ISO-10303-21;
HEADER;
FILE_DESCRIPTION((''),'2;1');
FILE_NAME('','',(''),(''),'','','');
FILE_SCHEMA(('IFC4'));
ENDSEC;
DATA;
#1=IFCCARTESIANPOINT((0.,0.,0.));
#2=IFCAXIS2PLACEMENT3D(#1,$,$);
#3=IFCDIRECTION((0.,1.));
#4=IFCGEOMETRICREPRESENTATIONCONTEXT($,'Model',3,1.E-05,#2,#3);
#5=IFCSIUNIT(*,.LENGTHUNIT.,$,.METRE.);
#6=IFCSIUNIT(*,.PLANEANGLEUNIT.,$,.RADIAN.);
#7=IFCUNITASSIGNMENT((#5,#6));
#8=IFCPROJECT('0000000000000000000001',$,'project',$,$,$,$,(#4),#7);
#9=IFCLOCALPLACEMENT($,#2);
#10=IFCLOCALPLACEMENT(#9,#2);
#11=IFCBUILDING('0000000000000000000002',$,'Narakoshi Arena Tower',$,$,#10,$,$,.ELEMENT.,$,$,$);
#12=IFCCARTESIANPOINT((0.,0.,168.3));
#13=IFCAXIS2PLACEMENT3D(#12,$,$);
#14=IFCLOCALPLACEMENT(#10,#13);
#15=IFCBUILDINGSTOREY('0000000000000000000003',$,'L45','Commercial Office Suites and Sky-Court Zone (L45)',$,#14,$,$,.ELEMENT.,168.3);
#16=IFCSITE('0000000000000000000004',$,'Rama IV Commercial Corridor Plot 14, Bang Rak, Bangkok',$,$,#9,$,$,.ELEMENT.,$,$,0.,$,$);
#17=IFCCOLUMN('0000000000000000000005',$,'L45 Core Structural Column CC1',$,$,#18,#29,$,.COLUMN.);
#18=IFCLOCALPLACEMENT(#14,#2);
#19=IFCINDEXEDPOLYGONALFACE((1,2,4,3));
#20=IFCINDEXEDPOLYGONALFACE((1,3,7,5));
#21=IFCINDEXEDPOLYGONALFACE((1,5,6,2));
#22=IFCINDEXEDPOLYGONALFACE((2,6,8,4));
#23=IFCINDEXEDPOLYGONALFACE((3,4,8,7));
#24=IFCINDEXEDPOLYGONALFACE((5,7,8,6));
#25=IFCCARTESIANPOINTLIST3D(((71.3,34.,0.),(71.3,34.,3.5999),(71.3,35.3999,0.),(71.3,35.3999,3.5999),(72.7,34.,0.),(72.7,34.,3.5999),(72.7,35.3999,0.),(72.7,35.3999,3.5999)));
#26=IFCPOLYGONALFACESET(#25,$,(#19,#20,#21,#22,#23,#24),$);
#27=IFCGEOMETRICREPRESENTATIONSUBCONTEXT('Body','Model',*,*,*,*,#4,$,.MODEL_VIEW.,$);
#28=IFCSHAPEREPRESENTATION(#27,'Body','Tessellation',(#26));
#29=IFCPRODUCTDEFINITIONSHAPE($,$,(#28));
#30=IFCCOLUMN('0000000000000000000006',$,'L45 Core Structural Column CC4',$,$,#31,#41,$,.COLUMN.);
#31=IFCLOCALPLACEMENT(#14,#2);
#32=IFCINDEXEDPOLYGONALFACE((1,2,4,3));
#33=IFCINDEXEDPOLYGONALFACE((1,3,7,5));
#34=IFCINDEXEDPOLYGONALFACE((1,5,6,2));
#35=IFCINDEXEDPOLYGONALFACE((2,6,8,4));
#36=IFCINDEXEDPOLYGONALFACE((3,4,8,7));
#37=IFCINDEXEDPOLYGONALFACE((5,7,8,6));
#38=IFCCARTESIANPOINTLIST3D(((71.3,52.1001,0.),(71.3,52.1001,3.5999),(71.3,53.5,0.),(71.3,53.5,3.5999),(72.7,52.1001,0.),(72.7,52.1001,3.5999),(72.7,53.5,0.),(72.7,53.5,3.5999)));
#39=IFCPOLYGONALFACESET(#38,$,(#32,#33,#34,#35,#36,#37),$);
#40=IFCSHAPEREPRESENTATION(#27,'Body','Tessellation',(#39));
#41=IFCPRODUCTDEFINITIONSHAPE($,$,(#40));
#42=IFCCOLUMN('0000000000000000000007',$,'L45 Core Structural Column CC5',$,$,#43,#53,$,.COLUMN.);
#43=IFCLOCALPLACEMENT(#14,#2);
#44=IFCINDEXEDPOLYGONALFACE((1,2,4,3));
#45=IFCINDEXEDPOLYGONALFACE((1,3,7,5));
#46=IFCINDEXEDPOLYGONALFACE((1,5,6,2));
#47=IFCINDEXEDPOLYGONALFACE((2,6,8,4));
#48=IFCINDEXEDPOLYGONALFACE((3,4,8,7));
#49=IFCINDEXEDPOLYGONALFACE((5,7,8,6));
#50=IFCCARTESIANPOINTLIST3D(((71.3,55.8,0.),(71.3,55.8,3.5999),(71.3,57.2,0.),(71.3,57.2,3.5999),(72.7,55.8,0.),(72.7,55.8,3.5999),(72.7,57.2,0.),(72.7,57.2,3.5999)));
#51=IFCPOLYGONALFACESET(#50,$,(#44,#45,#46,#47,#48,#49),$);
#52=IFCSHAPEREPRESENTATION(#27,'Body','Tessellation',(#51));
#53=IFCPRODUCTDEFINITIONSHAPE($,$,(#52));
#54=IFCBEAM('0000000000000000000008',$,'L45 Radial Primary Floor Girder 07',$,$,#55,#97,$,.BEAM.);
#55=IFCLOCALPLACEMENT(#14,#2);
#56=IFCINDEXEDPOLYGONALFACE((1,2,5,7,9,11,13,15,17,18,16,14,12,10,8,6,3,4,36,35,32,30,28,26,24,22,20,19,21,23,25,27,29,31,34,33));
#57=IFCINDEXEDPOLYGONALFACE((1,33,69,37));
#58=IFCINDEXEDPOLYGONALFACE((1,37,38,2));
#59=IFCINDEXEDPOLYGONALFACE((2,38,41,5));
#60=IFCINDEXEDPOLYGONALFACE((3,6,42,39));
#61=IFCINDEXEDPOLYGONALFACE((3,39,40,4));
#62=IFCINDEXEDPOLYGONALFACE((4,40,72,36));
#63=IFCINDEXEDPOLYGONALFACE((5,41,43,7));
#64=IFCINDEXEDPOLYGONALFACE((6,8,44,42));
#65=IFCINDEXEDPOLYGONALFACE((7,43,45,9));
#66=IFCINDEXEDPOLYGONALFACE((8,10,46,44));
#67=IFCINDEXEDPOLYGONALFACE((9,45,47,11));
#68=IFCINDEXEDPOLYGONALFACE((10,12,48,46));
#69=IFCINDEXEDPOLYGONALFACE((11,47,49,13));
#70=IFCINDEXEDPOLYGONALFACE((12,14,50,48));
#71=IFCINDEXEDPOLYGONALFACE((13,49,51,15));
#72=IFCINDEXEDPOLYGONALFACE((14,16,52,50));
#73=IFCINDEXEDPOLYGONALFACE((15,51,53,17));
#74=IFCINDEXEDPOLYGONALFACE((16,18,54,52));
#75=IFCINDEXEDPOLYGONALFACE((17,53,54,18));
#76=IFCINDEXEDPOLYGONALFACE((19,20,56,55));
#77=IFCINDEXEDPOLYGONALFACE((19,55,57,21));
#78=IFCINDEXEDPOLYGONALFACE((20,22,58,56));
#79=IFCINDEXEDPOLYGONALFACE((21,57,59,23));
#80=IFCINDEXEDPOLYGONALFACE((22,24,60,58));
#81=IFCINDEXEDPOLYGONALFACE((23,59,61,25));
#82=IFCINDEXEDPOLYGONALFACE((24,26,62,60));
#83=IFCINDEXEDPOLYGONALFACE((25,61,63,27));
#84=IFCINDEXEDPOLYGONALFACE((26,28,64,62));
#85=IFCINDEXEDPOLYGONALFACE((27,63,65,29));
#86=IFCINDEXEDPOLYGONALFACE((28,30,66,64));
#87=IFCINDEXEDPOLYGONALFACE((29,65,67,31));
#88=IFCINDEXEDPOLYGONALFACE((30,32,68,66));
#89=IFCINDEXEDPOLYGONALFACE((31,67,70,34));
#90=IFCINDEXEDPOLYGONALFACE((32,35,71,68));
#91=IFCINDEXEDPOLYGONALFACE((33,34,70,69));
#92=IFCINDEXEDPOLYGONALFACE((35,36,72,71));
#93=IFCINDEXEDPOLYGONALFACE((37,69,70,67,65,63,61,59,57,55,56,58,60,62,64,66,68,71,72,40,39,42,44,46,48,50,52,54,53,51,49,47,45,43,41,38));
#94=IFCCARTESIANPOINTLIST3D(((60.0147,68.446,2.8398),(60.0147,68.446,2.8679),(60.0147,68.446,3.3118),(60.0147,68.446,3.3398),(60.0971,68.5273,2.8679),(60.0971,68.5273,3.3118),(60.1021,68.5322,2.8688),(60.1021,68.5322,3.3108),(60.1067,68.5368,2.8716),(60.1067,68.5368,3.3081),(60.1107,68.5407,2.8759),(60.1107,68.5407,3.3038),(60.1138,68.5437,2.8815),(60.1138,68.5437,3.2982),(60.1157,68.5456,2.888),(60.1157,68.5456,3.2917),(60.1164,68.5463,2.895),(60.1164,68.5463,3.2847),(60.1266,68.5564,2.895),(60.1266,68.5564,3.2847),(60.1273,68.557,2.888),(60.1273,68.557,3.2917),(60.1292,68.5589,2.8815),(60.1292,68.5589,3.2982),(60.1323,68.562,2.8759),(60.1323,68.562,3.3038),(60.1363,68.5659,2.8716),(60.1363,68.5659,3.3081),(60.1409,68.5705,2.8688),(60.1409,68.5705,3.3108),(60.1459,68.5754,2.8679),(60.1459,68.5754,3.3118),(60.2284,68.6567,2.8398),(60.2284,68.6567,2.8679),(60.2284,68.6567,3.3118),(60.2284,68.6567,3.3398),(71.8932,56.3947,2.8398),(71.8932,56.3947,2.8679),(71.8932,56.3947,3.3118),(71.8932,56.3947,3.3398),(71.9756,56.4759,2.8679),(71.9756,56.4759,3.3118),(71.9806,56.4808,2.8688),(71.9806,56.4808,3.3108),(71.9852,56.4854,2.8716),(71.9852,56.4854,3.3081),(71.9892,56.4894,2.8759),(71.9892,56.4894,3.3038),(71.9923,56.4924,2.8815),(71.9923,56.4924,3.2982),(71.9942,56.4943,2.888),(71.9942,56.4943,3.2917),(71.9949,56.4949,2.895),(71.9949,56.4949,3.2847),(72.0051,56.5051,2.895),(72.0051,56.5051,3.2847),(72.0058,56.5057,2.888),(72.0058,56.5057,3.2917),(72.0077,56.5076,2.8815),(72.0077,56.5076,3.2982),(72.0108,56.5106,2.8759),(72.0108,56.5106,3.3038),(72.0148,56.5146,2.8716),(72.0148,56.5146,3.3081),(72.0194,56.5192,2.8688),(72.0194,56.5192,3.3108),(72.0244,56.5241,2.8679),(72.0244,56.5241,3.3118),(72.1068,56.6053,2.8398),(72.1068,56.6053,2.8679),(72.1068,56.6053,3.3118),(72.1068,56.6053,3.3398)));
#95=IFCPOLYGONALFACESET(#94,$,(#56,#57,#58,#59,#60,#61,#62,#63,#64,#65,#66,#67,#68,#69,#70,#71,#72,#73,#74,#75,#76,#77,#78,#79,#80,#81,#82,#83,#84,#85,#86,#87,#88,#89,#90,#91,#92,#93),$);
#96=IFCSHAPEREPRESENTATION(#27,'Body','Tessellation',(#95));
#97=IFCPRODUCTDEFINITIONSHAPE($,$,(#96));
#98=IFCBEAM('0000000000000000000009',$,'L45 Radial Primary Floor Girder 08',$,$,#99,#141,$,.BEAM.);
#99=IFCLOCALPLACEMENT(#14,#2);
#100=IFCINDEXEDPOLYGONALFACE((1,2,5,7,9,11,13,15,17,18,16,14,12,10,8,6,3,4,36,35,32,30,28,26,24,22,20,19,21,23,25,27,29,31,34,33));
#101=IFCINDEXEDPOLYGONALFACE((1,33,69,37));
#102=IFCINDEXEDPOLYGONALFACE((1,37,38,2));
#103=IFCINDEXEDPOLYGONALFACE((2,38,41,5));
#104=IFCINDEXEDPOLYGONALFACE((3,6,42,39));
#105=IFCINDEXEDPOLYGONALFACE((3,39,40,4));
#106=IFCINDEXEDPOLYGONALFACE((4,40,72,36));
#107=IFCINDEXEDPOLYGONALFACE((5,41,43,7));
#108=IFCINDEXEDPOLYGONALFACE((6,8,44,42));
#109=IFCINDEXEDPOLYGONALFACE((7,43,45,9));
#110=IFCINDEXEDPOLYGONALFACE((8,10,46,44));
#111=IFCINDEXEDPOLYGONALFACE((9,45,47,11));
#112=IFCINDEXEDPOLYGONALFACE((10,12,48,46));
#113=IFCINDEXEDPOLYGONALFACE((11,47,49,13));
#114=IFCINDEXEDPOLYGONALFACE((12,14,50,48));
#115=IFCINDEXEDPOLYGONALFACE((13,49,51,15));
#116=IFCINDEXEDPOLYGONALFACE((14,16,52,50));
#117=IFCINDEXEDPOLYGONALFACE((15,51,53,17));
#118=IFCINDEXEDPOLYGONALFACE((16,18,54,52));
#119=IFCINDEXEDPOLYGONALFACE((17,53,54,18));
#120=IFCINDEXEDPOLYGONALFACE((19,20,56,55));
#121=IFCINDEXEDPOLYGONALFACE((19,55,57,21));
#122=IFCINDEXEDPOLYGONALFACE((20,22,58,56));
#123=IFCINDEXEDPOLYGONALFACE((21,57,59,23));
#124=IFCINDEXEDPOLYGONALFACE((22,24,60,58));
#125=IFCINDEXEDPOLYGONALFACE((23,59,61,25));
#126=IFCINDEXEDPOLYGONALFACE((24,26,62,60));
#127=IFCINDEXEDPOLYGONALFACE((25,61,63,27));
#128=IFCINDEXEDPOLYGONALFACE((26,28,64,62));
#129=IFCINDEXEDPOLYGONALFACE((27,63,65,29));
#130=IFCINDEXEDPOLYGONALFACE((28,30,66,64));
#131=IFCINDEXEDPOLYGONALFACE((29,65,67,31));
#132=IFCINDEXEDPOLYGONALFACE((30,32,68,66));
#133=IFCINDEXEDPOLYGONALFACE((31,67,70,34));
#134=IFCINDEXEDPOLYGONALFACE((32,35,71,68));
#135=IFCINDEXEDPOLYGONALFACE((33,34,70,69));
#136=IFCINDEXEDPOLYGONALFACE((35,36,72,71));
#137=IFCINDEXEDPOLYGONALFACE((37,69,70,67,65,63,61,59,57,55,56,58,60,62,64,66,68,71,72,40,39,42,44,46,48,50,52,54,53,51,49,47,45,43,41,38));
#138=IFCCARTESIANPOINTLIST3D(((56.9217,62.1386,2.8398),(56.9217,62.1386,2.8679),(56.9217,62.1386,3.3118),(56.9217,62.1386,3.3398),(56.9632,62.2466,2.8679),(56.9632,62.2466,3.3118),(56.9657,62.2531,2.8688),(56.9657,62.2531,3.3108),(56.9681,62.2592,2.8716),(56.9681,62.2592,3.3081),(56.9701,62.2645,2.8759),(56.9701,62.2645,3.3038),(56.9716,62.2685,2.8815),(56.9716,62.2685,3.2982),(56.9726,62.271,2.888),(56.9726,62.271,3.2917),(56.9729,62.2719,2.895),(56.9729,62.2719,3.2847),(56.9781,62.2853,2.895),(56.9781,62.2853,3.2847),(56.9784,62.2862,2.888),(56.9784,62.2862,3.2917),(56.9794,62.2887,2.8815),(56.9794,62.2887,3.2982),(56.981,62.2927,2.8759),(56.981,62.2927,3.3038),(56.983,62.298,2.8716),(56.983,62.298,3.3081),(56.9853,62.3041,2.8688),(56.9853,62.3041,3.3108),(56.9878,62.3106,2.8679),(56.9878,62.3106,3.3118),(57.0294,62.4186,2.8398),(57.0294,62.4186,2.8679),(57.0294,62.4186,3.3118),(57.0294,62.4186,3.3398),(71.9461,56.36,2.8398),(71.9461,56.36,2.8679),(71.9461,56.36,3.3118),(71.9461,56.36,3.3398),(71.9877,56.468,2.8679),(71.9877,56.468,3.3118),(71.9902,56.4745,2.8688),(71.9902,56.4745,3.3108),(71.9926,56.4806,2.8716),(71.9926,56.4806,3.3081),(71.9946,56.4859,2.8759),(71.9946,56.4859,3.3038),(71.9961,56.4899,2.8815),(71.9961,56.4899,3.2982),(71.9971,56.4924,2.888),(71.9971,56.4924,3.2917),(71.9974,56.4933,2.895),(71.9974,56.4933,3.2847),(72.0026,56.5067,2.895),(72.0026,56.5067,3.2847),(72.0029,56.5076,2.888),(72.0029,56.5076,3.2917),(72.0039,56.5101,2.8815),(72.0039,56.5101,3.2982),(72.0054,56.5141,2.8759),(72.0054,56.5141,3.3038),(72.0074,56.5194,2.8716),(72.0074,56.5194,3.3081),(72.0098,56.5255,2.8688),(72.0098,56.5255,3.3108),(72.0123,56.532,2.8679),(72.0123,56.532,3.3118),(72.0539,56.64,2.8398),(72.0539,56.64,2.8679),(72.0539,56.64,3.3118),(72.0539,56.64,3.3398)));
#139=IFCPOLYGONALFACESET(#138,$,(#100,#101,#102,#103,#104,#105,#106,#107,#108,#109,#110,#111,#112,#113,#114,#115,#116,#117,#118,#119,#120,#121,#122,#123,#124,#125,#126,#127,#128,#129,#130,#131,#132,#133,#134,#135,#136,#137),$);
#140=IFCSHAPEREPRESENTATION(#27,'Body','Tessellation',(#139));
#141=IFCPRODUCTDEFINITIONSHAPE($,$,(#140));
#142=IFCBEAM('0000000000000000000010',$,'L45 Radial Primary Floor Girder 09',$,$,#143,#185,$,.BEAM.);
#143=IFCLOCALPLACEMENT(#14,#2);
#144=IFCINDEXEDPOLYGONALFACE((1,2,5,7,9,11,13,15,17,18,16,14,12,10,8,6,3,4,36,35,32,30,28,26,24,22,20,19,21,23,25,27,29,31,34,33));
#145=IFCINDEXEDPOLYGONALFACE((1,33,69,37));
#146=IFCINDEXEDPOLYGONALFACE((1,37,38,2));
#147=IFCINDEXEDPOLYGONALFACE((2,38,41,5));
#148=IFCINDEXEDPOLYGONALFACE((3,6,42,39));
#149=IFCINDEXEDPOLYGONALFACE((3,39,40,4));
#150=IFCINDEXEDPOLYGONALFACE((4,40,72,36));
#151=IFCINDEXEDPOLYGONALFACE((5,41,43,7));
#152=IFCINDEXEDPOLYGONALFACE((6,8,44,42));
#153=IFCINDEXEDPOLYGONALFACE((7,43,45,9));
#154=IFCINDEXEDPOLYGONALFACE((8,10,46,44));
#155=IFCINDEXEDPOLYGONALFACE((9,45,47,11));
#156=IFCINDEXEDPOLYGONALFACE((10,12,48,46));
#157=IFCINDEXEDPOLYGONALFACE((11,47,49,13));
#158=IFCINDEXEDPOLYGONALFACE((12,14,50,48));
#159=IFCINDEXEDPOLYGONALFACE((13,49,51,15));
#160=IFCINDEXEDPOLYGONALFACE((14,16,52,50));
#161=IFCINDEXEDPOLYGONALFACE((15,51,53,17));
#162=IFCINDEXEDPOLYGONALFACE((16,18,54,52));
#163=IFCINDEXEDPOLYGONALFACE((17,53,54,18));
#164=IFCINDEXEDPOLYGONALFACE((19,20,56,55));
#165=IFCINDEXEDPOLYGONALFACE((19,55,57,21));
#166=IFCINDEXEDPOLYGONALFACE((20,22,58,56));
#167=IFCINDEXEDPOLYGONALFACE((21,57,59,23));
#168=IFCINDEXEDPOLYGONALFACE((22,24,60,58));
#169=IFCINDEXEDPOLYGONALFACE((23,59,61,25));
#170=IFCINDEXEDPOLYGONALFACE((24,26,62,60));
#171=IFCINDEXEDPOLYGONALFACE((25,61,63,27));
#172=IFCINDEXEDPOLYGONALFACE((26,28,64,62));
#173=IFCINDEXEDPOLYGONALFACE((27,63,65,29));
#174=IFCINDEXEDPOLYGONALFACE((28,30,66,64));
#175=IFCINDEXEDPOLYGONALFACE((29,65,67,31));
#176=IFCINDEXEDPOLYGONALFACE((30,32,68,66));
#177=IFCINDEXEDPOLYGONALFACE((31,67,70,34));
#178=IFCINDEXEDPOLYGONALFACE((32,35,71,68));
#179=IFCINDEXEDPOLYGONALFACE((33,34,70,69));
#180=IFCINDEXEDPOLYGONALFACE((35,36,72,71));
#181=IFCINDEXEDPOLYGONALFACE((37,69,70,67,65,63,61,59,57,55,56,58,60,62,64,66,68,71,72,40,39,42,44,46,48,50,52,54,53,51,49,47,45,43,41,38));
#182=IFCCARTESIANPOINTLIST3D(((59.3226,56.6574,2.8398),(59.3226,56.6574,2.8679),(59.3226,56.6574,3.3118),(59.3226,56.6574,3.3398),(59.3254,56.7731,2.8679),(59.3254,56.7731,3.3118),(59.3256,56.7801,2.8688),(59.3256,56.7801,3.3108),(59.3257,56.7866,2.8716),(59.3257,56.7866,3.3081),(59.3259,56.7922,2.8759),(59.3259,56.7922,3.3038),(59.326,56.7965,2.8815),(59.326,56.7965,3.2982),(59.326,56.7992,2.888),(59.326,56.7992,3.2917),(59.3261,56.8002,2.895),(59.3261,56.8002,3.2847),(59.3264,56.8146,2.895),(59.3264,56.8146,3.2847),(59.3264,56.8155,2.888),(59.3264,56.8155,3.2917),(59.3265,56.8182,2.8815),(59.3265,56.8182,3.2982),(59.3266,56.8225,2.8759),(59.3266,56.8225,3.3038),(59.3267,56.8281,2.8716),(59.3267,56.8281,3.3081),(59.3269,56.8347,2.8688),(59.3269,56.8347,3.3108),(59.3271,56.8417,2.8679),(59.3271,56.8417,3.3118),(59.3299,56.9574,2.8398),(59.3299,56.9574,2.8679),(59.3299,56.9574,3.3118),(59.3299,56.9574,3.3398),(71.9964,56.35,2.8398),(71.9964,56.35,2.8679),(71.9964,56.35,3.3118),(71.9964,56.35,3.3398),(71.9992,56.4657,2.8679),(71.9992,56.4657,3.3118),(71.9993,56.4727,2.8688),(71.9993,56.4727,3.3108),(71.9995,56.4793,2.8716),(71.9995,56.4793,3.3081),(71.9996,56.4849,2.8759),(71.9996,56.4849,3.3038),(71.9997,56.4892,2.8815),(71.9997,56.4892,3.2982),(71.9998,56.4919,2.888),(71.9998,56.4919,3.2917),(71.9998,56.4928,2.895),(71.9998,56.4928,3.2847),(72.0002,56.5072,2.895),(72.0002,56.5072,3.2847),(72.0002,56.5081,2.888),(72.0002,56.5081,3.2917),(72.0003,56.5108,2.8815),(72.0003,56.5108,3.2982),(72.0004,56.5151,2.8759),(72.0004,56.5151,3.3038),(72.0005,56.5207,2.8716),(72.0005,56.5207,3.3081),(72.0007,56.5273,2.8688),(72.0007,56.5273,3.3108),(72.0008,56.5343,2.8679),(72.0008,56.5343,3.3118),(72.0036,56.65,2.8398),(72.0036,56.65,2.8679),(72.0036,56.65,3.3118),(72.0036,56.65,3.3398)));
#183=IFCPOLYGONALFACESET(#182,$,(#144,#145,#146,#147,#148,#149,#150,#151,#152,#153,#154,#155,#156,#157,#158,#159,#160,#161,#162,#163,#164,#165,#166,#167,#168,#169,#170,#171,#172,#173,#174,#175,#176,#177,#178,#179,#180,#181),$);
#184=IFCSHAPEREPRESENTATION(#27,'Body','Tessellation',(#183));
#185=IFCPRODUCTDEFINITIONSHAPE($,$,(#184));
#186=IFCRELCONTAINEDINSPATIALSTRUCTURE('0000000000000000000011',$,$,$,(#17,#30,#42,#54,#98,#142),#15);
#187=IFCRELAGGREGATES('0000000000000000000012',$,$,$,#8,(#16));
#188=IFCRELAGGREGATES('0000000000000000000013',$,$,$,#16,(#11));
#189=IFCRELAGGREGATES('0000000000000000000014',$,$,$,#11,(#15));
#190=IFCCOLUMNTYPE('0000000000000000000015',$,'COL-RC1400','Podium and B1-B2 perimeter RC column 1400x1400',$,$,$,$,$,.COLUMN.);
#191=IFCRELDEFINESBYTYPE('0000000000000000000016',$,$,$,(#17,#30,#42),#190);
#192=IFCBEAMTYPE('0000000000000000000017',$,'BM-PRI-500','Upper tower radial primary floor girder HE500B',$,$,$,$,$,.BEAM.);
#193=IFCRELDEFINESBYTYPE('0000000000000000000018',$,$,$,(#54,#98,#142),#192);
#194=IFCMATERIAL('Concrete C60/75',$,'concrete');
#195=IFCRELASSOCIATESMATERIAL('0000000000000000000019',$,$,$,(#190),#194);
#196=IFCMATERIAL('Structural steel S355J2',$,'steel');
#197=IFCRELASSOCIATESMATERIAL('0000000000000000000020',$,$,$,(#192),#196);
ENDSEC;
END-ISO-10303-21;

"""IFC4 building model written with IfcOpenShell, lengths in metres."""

from ifc_helpers import new_model, si_unit, direction, frame, origin, origin_2d, place, context, subcontext, project, spatial, rectangle, i_section, extrude, material, material_profile, profile_set, type_object, element, save


model = new_model("IFC4")

# Units and contexts
model_context = context("Model", 3, precision=1e-05, world=origin(), true_north=direction((0.0, 1.0)))
body_context = subcontext(model_context, "Body", "Model", "MODEL_VIEW")
ifc_project = project(units=[si_unit("LENGTHUNIT", "METRE"), si_unit("PLANEANGLEUNIT", "RADIAN")], contexts=[model_context])

# Site, building, storey
site_placement = place(None, origin())
site = spatial("IfcSite", under=ifc_project, at=site_placement, Name="Rama IV Commercial Corridor Plot 14, Bang Rak, Bangkok", CompositionType="ELEMENT", RefElevation=0.0)
building_placement = place(site_placement, origin())
building = spatial("IfcBuilding", under=site, at=building_placement, Name="Narakoshi Arena Tower", CompositionType="ELEMENT")
storey_placement = place(building_placement, frame((0.0, 0.0, 168.3)))
storey = spatial("IfcBuildingStorey", under=building, at=storey_placement, Name="L45", Description="Commercial Office Suites and Sky-Court Zone (L45)", CompositionType="ELEMENT", Elevation=168.3)

# Columns
ifc_material_1 = material(Name="Concrete C60/75", Category="concrete")
ifc_material_profile_1 = material_profile(ifc_material_1, rectangle(XDim=1.3999, YDim=1.3999, at=origin_2d()), Name="RC1400x1400")
ifc_profile_set_1 = profile_set([ifc_material_profile_1], Name="Concrete C60/75")
column_type = type_object("IfcColumnType", Name="COL-RC1400", Description="Podium and B1-B2 perimeter RC column 1400x1400", PredefinedType="COLUMN", material=ifc_profile_set_1)
for number, where, z_axis, x_axis, name in (
    (1, (72.0, 34.7, 0.0), (0.0, 0.0, 1.0), (1.0, 0.0, 0.0), "L45 Core Structural Column CC1"),
    (2, (72.0, 52.8, 0.0), (0.0, 0.0, 1.0), (1.0, 0.0, 0.0), "L45 Core Structural Column CC4"),
    (3, (72.0, 56.5, 0.0), (0.0, 0.0, 1.0), (1.0, 0.0, 0.0), "L45 Core Structural Column CC5"),
):
    element("IfcColumn", number, at=place(storey_placement, frame(where, z_axis=z_axis, x_axis=x_axis)), inside=storey, type_object=column_type, Name=name, PredefinedType="COLUMN", context=body_context, shape_type="SweptSolid", body=[
        extrude(rectangle(XDim=1.3999, YDim=1.3999, at=origin_2d()), origin(), (0.0, 0.0, 1.0), 3.5999),
    ])

# Beams
ifc_material_2 = material(Name="Structural steel S355J2", Category="steel")
ifc_material_profile_2 = material_profile(ifc_material_2, i_section(OverallWidth=0.3, OverallDepth=0.5, WebThickness=0.0144, FlangeThickness=0.0281, FilletRadius=0.0271, at=origin_2d()), Name="HE500B")
ifc_profile_set_2 = profile_set([ifc_material_profile_2], Name="Structural steel S355J2")
beam_type_1 = type_object("IfcBeamType", Name="BM-PRI-500", Description="Upper tower radial primary floor girder HE500B", PredefinedType="BEAM", material=ifc_profile_set_2)
beam_1_placement = place(storey_placement, frame((72.0, 56.5, 3.0898), z_axis=(-0.701981, 0.712196, 0.0), x_axis=(-0.712196, -0.701981, 0.0)))
element("IfcBeam", 4, at=beam_1_placement, inside=storey, type_object=beam_type_1, Name="L45 Radial Primary Floor Girder 07", PredefinedType="BEAM", context=body_context, shape_type="SweptSolid", body=[
    extrude(i_section(OverallWidth=0.3, OverallDepth=0.5, WebThickness=0.0144, FlangeThickness=0.0281, FilletRadius=0.0271, at=origin_2d()), origin(), (0.0, 0.0, 1.0), 16.9214),
])
beam_2_placement = place(storey_placement, frame((72.0, 56.5, 3.0898), z_axis=(-0.933347, 0.358976, 0.0), x_axis=(-0.358976, -0.933347, 0.0)))
element("IfcBeam", 5, at=beam_2_placement, inside=storey, type_object=beam_type_1, Name="L45 Radial Primary Floor Girder 08", PredefinedType="BEAM", context=body_context, shape_type="SweptSolid", body=[
    extrude(i_section(OverallWidth=0.3, OverallDepth=0.5, WebThickness=0.0144, FlangeThickness=0.0281, FilletRadius=0.0271, at=origin_2d()), origin(), (0.0, 0.0, 1.0), 16.0974),
])
beam_3_placement = place(storey_placement, frame((72.0, 56.5, 3.0898), z_axis=(-0.999706, 0.024245, 0.0), x_axis=(-0.024245, -0.999706, 0.0)))
element("IfcBeam", 6, at=beam_3_placement, inside=storey, type_object=beam_type_1, Name="L45 Radial Primary Floor Girder 09", PredefinedType="BEAM", context=body_context, shape_type="SweptSolid", body=[
    extrude(i_section(OverallWidth=0.3, OverallDepth=0.5, WebThickness=0.0144, FlangeThickness=0.0281, FilletRadius=0.0271, at=origin_2d()), origin(), (0.0, 0.0, 1.0), 12.6775),
])

save(model, "model.ifc")
